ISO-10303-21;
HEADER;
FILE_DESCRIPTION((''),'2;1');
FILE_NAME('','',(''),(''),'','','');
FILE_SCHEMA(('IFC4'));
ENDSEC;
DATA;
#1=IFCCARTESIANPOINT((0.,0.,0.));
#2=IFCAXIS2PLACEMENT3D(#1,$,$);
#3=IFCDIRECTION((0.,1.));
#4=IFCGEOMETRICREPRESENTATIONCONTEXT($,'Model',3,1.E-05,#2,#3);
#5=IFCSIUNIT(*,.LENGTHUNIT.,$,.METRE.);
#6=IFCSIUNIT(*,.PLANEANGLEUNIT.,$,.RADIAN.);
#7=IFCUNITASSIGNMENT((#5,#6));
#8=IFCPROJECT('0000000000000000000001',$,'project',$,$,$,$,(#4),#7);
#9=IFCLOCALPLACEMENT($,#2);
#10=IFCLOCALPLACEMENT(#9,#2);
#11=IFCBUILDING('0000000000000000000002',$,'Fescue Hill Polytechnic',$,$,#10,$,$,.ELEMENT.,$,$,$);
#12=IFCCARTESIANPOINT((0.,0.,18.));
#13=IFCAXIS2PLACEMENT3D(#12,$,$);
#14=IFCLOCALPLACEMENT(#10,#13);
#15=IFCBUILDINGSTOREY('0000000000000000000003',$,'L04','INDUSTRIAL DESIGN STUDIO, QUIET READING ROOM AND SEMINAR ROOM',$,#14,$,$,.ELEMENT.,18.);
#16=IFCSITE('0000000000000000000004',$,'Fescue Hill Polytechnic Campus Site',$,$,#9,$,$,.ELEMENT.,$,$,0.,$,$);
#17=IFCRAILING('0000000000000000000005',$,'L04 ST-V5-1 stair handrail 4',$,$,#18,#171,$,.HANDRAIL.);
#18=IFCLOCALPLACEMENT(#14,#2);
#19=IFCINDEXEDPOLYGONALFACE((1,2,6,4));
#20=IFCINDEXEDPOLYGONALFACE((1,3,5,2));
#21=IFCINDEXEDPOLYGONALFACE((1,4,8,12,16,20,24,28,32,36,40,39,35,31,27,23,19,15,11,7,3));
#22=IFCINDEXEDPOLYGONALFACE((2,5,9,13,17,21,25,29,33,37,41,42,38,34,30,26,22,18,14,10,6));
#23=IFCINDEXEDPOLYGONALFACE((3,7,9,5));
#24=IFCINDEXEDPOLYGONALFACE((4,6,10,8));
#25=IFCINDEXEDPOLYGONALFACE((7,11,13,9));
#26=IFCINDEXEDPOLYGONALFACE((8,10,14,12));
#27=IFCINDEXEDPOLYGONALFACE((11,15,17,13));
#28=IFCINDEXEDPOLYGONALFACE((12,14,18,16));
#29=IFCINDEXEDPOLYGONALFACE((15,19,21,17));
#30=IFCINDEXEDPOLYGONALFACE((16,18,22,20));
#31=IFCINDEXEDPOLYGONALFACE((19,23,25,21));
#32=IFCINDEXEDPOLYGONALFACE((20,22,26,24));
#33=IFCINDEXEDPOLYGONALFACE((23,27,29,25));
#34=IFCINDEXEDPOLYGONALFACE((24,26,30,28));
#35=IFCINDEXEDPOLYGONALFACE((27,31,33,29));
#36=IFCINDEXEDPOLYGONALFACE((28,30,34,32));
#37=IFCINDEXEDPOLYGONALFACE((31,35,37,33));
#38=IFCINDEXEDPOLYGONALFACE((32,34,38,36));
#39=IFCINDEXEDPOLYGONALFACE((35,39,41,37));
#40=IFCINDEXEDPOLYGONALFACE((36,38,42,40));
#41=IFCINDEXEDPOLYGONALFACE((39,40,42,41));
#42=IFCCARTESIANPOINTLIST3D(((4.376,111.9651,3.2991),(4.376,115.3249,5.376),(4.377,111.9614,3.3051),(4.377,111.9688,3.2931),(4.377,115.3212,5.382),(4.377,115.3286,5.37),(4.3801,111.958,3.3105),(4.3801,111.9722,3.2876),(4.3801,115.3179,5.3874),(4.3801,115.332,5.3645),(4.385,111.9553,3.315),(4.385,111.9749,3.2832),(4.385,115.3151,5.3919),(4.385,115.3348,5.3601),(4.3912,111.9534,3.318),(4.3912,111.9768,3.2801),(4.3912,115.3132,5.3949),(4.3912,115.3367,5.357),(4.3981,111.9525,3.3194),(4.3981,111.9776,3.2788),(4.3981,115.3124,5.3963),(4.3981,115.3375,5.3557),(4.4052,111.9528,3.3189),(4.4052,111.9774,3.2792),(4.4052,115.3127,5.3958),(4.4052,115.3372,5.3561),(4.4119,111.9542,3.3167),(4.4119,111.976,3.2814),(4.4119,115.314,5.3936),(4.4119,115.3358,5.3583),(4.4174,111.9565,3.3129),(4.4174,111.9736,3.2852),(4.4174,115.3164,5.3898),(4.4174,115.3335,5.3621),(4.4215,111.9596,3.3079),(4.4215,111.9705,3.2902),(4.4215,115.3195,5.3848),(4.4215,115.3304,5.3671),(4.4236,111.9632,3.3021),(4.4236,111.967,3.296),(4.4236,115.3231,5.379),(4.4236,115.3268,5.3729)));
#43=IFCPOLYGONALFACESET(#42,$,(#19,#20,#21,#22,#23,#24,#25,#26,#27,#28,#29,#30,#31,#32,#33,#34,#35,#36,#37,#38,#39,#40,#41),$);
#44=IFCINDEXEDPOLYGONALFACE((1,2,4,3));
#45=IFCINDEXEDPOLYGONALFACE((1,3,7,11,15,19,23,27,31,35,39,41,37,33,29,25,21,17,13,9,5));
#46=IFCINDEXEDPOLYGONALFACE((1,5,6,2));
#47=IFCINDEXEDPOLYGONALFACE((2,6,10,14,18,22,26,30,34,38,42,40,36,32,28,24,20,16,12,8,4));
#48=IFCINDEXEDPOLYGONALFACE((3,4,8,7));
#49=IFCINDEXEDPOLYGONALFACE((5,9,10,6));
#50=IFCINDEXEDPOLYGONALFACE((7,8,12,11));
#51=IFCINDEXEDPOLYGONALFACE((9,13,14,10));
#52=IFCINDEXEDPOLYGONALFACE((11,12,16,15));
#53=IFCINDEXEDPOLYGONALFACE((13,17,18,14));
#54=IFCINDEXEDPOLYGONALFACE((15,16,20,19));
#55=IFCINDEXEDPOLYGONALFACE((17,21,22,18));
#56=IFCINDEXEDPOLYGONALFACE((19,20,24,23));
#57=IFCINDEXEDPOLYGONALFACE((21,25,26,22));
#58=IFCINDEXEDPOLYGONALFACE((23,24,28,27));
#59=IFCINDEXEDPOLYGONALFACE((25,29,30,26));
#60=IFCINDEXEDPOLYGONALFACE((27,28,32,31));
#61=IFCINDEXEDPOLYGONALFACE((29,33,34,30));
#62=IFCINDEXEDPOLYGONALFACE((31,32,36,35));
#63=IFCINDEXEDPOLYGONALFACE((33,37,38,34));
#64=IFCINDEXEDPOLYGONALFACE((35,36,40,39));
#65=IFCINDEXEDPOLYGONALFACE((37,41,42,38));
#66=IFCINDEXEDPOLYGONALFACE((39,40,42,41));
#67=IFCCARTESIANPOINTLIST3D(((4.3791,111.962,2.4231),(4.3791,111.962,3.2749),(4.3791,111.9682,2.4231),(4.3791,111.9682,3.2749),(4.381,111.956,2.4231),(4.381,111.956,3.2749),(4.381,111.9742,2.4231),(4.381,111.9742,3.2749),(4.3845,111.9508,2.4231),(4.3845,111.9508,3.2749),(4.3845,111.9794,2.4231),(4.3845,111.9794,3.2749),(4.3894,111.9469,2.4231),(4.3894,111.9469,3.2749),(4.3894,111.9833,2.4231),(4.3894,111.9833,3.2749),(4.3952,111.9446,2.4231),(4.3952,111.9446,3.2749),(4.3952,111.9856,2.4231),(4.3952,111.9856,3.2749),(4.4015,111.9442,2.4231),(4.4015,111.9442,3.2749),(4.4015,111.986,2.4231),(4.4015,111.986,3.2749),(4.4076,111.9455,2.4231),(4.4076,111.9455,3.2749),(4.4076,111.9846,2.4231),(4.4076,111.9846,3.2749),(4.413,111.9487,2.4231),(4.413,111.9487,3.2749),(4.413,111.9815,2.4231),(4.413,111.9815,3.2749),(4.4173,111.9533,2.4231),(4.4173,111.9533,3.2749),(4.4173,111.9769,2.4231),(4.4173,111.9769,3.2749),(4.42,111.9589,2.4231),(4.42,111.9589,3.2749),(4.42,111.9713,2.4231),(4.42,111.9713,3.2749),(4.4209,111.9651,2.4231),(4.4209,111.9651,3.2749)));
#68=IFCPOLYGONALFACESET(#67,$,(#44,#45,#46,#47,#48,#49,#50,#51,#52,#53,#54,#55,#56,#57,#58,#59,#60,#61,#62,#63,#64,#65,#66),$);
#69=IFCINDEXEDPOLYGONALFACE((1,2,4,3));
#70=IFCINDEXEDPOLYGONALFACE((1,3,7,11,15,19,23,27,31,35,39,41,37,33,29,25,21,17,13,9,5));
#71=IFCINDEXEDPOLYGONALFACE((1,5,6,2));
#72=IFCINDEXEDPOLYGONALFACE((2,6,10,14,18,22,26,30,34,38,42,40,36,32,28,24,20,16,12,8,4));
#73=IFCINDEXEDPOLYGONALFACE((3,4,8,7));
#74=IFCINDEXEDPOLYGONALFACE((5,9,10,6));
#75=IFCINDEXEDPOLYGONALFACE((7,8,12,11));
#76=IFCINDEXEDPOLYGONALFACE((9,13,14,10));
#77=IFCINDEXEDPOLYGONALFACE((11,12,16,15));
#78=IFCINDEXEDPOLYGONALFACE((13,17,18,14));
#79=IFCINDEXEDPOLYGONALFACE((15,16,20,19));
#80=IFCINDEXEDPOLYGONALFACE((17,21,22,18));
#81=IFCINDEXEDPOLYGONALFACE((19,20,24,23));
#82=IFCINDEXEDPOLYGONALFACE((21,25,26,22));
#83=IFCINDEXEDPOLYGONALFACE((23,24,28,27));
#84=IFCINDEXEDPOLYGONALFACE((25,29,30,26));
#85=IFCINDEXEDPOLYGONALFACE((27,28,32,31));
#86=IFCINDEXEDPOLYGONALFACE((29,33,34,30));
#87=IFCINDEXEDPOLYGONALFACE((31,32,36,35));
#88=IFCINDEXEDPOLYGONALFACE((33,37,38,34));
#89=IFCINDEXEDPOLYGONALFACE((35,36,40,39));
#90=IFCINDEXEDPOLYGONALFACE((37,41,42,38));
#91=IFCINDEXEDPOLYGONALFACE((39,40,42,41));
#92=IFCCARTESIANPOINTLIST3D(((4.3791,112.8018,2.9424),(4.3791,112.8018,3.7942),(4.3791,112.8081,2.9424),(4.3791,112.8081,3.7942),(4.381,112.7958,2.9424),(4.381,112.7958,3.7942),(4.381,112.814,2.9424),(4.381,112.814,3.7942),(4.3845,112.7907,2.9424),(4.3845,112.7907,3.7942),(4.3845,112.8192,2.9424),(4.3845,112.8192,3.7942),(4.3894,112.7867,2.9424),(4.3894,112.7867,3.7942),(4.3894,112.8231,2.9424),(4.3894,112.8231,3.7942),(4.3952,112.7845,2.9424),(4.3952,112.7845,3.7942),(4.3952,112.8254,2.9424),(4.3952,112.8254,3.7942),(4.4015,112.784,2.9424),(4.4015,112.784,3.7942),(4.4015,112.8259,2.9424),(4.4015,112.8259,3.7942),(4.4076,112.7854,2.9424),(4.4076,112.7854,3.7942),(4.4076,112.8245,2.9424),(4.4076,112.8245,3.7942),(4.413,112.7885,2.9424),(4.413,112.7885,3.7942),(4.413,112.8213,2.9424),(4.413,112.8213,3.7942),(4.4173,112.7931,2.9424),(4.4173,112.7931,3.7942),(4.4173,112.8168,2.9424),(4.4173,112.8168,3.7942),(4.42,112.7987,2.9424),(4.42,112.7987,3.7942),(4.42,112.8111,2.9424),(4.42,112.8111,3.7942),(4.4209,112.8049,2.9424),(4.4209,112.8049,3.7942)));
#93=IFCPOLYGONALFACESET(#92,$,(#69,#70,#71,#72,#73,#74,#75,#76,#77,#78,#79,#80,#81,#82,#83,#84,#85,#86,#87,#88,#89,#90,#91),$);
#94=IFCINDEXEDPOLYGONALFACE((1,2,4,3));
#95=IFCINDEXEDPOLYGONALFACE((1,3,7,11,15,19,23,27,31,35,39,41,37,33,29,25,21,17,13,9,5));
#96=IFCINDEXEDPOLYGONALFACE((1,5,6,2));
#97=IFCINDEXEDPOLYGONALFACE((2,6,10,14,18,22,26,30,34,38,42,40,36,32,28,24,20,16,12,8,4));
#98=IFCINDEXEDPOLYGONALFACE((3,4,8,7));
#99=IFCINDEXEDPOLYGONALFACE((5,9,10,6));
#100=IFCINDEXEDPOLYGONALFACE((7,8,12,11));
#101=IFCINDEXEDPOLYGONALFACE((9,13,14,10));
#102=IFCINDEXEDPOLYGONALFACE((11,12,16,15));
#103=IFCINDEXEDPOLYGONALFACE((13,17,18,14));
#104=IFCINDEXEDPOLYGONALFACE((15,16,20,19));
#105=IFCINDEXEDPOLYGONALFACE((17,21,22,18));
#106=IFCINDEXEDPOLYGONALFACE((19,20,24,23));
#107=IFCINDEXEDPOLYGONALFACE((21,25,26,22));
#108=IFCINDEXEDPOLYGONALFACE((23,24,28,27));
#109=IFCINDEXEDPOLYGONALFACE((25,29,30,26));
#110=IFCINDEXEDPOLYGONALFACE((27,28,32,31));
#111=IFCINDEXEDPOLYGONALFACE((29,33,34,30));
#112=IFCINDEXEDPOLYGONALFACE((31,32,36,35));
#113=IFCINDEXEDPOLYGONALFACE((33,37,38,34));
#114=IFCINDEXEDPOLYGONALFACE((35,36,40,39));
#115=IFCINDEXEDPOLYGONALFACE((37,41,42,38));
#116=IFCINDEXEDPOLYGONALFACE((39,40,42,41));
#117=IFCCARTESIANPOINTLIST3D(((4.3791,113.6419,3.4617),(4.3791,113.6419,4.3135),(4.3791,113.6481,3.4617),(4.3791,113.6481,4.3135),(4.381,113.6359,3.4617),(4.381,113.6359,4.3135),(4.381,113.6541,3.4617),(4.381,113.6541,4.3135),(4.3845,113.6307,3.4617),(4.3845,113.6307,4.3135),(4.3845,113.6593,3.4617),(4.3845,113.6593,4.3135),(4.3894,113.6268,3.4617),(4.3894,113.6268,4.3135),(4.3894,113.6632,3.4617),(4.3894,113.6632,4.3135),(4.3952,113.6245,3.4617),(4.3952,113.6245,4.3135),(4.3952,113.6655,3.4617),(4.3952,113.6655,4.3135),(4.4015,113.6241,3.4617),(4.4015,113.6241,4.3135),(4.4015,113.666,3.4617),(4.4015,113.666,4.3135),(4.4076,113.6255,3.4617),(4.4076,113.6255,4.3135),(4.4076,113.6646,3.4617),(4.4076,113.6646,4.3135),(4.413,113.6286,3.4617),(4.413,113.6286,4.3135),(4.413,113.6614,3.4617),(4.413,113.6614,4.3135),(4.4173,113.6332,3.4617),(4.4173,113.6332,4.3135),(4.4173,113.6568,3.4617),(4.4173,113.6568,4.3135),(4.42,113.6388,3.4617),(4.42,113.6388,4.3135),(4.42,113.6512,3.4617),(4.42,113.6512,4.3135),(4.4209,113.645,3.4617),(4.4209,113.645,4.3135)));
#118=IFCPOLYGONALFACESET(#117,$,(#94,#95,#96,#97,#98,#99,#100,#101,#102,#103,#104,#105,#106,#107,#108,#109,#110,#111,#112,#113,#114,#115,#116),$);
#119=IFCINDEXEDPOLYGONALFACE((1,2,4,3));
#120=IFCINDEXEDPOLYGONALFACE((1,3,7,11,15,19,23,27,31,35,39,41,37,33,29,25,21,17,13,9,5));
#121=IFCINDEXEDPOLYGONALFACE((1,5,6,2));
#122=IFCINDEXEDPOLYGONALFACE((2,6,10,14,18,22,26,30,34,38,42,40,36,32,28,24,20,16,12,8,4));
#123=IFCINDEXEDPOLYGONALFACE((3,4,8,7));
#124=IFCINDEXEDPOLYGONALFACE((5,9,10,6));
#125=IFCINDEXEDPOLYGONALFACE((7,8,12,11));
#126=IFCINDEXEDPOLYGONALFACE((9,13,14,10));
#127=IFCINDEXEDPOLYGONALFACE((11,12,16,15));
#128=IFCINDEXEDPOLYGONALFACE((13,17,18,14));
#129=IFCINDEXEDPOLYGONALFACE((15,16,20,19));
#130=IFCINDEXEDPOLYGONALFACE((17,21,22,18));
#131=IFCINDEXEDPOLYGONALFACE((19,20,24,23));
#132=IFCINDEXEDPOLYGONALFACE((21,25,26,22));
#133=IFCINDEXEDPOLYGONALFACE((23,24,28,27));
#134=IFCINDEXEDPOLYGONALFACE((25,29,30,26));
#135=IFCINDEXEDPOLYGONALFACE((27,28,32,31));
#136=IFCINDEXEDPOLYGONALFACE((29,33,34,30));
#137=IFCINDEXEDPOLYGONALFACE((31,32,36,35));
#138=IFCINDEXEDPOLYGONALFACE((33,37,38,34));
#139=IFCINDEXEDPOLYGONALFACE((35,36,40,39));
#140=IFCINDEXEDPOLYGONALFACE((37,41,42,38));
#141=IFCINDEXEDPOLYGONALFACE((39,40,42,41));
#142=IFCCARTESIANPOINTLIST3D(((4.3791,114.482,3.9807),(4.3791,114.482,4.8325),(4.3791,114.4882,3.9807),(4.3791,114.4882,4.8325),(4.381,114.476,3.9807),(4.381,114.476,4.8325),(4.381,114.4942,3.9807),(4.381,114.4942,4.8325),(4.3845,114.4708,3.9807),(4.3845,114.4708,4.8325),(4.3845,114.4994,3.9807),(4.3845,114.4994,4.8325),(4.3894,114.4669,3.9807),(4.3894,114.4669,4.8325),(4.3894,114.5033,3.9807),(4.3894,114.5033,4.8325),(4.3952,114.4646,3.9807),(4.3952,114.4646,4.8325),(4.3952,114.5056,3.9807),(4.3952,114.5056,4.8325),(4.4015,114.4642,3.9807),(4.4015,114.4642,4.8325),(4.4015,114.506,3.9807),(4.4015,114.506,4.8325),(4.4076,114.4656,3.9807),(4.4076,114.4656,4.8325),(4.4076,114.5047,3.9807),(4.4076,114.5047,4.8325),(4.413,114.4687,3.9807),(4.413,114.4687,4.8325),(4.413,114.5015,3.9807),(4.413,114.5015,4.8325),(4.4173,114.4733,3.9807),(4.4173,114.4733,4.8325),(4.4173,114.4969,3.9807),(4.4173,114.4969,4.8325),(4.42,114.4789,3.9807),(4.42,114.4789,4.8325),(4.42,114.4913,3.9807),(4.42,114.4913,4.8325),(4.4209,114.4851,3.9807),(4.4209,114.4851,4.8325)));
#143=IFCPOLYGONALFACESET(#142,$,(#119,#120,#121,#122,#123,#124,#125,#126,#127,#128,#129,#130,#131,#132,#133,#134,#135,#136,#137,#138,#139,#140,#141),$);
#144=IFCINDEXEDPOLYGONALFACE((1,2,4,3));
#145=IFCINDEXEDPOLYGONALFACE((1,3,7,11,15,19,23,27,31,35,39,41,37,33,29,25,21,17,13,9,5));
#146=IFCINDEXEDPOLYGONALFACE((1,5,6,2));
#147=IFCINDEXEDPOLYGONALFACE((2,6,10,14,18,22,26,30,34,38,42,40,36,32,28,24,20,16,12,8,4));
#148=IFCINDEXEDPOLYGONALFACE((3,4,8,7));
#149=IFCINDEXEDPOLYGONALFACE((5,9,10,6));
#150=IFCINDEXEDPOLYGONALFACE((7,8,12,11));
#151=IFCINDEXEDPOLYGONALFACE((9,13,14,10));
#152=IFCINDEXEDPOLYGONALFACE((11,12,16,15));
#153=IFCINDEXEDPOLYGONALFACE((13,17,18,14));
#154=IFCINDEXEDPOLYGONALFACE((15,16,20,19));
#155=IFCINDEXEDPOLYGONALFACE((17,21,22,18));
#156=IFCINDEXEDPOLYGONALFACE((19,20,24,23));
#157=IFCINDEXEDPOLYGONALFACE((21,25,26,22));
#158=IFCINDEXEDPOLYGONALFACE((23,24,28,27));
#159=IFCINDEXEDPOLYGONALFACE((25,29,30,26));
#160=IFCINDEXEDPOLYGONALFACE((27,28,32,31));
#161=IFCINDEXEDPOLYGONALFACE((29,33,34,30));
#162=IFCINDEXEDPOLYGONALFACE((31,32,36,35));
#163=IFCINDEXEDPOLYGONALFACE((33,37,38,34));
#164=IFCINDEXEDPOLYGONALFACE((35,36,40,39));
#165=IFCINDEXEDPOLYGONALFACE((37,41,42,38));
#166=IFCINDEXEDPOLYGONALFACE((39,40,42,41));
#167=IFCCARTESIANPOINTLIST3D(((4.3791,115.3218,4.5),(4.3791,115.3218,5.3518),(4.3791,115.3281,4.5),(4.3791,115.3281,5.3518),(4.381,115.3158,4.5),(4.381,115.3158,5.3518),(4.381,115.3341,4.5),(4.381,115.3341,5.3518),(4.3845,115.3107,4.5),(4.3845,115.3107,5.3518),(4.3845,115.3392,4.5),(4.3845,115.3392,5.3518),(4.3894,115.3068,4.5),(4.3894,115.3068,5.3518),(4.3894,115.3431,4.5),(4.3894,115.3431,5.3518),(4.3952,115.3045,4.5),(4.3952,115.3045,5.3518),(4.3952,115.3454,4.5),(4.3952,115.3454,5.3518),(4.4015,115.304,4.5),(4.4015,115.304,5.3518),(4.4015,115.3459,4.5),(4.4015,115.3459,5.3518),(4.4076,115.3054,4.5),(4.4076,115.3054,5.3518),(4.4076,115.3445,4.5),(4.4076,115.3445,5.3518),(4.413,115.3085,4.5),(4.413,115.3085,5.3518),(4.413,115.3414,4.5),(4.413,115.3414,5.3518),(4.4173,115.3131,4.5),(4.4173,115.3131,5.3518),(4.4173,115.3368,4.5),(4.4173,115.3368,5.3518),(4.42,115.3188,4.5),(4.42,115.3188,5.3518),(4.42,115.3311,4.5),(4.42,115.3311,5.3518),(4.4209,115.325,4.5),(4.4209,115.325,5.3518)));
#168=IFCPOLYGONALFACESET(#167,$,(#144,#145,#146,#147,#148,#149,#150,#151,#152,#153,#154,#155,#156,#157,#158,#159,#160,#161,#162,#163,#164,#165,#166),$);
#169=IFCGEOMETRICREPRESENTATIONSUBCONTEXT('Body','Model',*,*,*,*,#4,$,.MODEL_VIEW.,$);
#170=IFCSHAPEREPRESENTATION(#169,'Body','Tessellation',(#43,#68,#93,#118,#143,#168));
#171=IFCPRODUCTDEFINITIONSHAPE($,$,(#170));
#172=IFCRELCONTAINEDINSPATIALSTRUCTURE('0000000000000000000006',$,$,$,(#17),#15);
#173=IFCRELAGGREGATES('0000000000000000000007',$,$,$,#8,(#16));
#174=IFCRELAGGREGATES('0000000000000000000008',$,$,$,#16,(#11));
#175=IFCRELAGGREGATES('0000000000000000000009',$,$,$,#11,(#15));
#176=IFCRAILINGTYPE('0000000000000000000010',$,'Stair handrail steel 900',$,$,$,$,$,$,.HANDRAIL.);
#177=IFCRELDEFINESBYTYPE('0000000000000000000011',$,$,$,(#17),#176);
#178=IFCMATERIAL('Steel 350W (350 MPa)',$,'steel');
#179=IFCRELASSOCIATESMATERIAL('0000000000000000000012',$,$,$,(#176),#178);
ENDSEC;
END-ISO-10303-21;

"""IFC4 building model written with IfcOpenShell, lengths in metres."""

from ifc_helpers import new_model, si_unit, direction, frame, origin, origin_2d, place, context, subcontext, project, spatial, circle, extrude, material, type_object, element, save


model = new_model("IFC4")

# Units and contexts
model_context = context("Model", 3, precision=1e-05, world=origin(), true_north=direction((0.0, 1.0)))
body_context = subcontext(model_context, "Body", "Model", "MODEL_VIEW")
ifc_project = project(units=[si_unit("LENGTHUNIT", "METRE"), si_unit("PLANEANGLEUNIT", "RADIAN")], contexts=[model_context])

# Site, building, storey
site_placement = place(None, origin())
site = spatial("IfcSite", under=ifc_project, at=site_placement, Name="Fescue Hill Polytechnic Campus Site", CompositionType="ELEMENT", RefElevation=0.0)
building_placement = place(site_placement, origin())
building = spatial("IfcBuilding", under=site, at=building_placement, Name="Fescue Hill Polytechnic", CompositionType="ELEMENT")
storey_placement = place(building_placement, frame((0.0, 0.0, 18.0)))
storey = spatial("IfcBuildingStorey", under=building, at=storey_placement, Name="L04", Description="INDUSTRIAL DESIGN STUDIO, QUIET READING ROOM AND SEMINAR ROOM", CompositionType="ELEMENT", Elevation=18.0)

# Railing
ifc_material_1 = material(Name="Steel 350W (350 MPa)", Category="steel")
railing_type = type_object("IfcRailingType", Name="Stair handrail steel 900", PredefinedType="HANDRAIL", material=ifc_material_1)
for number, where, name in (
    (1, (4.3999, 111.9651, 2.4231), "L04 ST-V5-1 stair handrail 4"),
):
    element("IfcRailing", number, at=place(storey_placement, frame(where)), inside=storey, type_object=railing_type, Name=name, PredefinedType="HANDRAIL", context=body_context, shape_type="SweptSolid", body=[
        extrude(circle(Radius=0.0239, at=origin_2d()), frame((0.0, 0.0, 0.876), z_axis=(0.0, 0.850606, 0.525803), x_axis=(-1.0, 0.0, 0.0)), (0.0, 0.0, 1.0), 3.95),
        extrude(circle(Radius=0.021, at=origin_2d()), origin(), (0.0, 0.0, 1.0), 0.8518),
        extrude(circle(Radius=0.021, at=origin_2d()), frame((0.0, 0.8398, 0.5193)), (0.0, 0.0, 1.0), 0.8518),
        extrude(circle(Radius=0.021, at=origin_2d()), frame((0.0, 1.6799, 1.0386)), (0.0, 0.0, 1.0), 0.8518),
        extrude(circle(Radius=0.021, at=origin_2d()), frame((0.0, 2.52, 1.5576)), (0.0, 0.0, 1.0), 0.8518),
        extrude(circle(Radius=0.021, at=origin_2d()), frame((0.0, 3.3599, 2.0769)), (0.0, 0.0, 1.0), 0.8518),
    ])

save(model, "model.ifc")
